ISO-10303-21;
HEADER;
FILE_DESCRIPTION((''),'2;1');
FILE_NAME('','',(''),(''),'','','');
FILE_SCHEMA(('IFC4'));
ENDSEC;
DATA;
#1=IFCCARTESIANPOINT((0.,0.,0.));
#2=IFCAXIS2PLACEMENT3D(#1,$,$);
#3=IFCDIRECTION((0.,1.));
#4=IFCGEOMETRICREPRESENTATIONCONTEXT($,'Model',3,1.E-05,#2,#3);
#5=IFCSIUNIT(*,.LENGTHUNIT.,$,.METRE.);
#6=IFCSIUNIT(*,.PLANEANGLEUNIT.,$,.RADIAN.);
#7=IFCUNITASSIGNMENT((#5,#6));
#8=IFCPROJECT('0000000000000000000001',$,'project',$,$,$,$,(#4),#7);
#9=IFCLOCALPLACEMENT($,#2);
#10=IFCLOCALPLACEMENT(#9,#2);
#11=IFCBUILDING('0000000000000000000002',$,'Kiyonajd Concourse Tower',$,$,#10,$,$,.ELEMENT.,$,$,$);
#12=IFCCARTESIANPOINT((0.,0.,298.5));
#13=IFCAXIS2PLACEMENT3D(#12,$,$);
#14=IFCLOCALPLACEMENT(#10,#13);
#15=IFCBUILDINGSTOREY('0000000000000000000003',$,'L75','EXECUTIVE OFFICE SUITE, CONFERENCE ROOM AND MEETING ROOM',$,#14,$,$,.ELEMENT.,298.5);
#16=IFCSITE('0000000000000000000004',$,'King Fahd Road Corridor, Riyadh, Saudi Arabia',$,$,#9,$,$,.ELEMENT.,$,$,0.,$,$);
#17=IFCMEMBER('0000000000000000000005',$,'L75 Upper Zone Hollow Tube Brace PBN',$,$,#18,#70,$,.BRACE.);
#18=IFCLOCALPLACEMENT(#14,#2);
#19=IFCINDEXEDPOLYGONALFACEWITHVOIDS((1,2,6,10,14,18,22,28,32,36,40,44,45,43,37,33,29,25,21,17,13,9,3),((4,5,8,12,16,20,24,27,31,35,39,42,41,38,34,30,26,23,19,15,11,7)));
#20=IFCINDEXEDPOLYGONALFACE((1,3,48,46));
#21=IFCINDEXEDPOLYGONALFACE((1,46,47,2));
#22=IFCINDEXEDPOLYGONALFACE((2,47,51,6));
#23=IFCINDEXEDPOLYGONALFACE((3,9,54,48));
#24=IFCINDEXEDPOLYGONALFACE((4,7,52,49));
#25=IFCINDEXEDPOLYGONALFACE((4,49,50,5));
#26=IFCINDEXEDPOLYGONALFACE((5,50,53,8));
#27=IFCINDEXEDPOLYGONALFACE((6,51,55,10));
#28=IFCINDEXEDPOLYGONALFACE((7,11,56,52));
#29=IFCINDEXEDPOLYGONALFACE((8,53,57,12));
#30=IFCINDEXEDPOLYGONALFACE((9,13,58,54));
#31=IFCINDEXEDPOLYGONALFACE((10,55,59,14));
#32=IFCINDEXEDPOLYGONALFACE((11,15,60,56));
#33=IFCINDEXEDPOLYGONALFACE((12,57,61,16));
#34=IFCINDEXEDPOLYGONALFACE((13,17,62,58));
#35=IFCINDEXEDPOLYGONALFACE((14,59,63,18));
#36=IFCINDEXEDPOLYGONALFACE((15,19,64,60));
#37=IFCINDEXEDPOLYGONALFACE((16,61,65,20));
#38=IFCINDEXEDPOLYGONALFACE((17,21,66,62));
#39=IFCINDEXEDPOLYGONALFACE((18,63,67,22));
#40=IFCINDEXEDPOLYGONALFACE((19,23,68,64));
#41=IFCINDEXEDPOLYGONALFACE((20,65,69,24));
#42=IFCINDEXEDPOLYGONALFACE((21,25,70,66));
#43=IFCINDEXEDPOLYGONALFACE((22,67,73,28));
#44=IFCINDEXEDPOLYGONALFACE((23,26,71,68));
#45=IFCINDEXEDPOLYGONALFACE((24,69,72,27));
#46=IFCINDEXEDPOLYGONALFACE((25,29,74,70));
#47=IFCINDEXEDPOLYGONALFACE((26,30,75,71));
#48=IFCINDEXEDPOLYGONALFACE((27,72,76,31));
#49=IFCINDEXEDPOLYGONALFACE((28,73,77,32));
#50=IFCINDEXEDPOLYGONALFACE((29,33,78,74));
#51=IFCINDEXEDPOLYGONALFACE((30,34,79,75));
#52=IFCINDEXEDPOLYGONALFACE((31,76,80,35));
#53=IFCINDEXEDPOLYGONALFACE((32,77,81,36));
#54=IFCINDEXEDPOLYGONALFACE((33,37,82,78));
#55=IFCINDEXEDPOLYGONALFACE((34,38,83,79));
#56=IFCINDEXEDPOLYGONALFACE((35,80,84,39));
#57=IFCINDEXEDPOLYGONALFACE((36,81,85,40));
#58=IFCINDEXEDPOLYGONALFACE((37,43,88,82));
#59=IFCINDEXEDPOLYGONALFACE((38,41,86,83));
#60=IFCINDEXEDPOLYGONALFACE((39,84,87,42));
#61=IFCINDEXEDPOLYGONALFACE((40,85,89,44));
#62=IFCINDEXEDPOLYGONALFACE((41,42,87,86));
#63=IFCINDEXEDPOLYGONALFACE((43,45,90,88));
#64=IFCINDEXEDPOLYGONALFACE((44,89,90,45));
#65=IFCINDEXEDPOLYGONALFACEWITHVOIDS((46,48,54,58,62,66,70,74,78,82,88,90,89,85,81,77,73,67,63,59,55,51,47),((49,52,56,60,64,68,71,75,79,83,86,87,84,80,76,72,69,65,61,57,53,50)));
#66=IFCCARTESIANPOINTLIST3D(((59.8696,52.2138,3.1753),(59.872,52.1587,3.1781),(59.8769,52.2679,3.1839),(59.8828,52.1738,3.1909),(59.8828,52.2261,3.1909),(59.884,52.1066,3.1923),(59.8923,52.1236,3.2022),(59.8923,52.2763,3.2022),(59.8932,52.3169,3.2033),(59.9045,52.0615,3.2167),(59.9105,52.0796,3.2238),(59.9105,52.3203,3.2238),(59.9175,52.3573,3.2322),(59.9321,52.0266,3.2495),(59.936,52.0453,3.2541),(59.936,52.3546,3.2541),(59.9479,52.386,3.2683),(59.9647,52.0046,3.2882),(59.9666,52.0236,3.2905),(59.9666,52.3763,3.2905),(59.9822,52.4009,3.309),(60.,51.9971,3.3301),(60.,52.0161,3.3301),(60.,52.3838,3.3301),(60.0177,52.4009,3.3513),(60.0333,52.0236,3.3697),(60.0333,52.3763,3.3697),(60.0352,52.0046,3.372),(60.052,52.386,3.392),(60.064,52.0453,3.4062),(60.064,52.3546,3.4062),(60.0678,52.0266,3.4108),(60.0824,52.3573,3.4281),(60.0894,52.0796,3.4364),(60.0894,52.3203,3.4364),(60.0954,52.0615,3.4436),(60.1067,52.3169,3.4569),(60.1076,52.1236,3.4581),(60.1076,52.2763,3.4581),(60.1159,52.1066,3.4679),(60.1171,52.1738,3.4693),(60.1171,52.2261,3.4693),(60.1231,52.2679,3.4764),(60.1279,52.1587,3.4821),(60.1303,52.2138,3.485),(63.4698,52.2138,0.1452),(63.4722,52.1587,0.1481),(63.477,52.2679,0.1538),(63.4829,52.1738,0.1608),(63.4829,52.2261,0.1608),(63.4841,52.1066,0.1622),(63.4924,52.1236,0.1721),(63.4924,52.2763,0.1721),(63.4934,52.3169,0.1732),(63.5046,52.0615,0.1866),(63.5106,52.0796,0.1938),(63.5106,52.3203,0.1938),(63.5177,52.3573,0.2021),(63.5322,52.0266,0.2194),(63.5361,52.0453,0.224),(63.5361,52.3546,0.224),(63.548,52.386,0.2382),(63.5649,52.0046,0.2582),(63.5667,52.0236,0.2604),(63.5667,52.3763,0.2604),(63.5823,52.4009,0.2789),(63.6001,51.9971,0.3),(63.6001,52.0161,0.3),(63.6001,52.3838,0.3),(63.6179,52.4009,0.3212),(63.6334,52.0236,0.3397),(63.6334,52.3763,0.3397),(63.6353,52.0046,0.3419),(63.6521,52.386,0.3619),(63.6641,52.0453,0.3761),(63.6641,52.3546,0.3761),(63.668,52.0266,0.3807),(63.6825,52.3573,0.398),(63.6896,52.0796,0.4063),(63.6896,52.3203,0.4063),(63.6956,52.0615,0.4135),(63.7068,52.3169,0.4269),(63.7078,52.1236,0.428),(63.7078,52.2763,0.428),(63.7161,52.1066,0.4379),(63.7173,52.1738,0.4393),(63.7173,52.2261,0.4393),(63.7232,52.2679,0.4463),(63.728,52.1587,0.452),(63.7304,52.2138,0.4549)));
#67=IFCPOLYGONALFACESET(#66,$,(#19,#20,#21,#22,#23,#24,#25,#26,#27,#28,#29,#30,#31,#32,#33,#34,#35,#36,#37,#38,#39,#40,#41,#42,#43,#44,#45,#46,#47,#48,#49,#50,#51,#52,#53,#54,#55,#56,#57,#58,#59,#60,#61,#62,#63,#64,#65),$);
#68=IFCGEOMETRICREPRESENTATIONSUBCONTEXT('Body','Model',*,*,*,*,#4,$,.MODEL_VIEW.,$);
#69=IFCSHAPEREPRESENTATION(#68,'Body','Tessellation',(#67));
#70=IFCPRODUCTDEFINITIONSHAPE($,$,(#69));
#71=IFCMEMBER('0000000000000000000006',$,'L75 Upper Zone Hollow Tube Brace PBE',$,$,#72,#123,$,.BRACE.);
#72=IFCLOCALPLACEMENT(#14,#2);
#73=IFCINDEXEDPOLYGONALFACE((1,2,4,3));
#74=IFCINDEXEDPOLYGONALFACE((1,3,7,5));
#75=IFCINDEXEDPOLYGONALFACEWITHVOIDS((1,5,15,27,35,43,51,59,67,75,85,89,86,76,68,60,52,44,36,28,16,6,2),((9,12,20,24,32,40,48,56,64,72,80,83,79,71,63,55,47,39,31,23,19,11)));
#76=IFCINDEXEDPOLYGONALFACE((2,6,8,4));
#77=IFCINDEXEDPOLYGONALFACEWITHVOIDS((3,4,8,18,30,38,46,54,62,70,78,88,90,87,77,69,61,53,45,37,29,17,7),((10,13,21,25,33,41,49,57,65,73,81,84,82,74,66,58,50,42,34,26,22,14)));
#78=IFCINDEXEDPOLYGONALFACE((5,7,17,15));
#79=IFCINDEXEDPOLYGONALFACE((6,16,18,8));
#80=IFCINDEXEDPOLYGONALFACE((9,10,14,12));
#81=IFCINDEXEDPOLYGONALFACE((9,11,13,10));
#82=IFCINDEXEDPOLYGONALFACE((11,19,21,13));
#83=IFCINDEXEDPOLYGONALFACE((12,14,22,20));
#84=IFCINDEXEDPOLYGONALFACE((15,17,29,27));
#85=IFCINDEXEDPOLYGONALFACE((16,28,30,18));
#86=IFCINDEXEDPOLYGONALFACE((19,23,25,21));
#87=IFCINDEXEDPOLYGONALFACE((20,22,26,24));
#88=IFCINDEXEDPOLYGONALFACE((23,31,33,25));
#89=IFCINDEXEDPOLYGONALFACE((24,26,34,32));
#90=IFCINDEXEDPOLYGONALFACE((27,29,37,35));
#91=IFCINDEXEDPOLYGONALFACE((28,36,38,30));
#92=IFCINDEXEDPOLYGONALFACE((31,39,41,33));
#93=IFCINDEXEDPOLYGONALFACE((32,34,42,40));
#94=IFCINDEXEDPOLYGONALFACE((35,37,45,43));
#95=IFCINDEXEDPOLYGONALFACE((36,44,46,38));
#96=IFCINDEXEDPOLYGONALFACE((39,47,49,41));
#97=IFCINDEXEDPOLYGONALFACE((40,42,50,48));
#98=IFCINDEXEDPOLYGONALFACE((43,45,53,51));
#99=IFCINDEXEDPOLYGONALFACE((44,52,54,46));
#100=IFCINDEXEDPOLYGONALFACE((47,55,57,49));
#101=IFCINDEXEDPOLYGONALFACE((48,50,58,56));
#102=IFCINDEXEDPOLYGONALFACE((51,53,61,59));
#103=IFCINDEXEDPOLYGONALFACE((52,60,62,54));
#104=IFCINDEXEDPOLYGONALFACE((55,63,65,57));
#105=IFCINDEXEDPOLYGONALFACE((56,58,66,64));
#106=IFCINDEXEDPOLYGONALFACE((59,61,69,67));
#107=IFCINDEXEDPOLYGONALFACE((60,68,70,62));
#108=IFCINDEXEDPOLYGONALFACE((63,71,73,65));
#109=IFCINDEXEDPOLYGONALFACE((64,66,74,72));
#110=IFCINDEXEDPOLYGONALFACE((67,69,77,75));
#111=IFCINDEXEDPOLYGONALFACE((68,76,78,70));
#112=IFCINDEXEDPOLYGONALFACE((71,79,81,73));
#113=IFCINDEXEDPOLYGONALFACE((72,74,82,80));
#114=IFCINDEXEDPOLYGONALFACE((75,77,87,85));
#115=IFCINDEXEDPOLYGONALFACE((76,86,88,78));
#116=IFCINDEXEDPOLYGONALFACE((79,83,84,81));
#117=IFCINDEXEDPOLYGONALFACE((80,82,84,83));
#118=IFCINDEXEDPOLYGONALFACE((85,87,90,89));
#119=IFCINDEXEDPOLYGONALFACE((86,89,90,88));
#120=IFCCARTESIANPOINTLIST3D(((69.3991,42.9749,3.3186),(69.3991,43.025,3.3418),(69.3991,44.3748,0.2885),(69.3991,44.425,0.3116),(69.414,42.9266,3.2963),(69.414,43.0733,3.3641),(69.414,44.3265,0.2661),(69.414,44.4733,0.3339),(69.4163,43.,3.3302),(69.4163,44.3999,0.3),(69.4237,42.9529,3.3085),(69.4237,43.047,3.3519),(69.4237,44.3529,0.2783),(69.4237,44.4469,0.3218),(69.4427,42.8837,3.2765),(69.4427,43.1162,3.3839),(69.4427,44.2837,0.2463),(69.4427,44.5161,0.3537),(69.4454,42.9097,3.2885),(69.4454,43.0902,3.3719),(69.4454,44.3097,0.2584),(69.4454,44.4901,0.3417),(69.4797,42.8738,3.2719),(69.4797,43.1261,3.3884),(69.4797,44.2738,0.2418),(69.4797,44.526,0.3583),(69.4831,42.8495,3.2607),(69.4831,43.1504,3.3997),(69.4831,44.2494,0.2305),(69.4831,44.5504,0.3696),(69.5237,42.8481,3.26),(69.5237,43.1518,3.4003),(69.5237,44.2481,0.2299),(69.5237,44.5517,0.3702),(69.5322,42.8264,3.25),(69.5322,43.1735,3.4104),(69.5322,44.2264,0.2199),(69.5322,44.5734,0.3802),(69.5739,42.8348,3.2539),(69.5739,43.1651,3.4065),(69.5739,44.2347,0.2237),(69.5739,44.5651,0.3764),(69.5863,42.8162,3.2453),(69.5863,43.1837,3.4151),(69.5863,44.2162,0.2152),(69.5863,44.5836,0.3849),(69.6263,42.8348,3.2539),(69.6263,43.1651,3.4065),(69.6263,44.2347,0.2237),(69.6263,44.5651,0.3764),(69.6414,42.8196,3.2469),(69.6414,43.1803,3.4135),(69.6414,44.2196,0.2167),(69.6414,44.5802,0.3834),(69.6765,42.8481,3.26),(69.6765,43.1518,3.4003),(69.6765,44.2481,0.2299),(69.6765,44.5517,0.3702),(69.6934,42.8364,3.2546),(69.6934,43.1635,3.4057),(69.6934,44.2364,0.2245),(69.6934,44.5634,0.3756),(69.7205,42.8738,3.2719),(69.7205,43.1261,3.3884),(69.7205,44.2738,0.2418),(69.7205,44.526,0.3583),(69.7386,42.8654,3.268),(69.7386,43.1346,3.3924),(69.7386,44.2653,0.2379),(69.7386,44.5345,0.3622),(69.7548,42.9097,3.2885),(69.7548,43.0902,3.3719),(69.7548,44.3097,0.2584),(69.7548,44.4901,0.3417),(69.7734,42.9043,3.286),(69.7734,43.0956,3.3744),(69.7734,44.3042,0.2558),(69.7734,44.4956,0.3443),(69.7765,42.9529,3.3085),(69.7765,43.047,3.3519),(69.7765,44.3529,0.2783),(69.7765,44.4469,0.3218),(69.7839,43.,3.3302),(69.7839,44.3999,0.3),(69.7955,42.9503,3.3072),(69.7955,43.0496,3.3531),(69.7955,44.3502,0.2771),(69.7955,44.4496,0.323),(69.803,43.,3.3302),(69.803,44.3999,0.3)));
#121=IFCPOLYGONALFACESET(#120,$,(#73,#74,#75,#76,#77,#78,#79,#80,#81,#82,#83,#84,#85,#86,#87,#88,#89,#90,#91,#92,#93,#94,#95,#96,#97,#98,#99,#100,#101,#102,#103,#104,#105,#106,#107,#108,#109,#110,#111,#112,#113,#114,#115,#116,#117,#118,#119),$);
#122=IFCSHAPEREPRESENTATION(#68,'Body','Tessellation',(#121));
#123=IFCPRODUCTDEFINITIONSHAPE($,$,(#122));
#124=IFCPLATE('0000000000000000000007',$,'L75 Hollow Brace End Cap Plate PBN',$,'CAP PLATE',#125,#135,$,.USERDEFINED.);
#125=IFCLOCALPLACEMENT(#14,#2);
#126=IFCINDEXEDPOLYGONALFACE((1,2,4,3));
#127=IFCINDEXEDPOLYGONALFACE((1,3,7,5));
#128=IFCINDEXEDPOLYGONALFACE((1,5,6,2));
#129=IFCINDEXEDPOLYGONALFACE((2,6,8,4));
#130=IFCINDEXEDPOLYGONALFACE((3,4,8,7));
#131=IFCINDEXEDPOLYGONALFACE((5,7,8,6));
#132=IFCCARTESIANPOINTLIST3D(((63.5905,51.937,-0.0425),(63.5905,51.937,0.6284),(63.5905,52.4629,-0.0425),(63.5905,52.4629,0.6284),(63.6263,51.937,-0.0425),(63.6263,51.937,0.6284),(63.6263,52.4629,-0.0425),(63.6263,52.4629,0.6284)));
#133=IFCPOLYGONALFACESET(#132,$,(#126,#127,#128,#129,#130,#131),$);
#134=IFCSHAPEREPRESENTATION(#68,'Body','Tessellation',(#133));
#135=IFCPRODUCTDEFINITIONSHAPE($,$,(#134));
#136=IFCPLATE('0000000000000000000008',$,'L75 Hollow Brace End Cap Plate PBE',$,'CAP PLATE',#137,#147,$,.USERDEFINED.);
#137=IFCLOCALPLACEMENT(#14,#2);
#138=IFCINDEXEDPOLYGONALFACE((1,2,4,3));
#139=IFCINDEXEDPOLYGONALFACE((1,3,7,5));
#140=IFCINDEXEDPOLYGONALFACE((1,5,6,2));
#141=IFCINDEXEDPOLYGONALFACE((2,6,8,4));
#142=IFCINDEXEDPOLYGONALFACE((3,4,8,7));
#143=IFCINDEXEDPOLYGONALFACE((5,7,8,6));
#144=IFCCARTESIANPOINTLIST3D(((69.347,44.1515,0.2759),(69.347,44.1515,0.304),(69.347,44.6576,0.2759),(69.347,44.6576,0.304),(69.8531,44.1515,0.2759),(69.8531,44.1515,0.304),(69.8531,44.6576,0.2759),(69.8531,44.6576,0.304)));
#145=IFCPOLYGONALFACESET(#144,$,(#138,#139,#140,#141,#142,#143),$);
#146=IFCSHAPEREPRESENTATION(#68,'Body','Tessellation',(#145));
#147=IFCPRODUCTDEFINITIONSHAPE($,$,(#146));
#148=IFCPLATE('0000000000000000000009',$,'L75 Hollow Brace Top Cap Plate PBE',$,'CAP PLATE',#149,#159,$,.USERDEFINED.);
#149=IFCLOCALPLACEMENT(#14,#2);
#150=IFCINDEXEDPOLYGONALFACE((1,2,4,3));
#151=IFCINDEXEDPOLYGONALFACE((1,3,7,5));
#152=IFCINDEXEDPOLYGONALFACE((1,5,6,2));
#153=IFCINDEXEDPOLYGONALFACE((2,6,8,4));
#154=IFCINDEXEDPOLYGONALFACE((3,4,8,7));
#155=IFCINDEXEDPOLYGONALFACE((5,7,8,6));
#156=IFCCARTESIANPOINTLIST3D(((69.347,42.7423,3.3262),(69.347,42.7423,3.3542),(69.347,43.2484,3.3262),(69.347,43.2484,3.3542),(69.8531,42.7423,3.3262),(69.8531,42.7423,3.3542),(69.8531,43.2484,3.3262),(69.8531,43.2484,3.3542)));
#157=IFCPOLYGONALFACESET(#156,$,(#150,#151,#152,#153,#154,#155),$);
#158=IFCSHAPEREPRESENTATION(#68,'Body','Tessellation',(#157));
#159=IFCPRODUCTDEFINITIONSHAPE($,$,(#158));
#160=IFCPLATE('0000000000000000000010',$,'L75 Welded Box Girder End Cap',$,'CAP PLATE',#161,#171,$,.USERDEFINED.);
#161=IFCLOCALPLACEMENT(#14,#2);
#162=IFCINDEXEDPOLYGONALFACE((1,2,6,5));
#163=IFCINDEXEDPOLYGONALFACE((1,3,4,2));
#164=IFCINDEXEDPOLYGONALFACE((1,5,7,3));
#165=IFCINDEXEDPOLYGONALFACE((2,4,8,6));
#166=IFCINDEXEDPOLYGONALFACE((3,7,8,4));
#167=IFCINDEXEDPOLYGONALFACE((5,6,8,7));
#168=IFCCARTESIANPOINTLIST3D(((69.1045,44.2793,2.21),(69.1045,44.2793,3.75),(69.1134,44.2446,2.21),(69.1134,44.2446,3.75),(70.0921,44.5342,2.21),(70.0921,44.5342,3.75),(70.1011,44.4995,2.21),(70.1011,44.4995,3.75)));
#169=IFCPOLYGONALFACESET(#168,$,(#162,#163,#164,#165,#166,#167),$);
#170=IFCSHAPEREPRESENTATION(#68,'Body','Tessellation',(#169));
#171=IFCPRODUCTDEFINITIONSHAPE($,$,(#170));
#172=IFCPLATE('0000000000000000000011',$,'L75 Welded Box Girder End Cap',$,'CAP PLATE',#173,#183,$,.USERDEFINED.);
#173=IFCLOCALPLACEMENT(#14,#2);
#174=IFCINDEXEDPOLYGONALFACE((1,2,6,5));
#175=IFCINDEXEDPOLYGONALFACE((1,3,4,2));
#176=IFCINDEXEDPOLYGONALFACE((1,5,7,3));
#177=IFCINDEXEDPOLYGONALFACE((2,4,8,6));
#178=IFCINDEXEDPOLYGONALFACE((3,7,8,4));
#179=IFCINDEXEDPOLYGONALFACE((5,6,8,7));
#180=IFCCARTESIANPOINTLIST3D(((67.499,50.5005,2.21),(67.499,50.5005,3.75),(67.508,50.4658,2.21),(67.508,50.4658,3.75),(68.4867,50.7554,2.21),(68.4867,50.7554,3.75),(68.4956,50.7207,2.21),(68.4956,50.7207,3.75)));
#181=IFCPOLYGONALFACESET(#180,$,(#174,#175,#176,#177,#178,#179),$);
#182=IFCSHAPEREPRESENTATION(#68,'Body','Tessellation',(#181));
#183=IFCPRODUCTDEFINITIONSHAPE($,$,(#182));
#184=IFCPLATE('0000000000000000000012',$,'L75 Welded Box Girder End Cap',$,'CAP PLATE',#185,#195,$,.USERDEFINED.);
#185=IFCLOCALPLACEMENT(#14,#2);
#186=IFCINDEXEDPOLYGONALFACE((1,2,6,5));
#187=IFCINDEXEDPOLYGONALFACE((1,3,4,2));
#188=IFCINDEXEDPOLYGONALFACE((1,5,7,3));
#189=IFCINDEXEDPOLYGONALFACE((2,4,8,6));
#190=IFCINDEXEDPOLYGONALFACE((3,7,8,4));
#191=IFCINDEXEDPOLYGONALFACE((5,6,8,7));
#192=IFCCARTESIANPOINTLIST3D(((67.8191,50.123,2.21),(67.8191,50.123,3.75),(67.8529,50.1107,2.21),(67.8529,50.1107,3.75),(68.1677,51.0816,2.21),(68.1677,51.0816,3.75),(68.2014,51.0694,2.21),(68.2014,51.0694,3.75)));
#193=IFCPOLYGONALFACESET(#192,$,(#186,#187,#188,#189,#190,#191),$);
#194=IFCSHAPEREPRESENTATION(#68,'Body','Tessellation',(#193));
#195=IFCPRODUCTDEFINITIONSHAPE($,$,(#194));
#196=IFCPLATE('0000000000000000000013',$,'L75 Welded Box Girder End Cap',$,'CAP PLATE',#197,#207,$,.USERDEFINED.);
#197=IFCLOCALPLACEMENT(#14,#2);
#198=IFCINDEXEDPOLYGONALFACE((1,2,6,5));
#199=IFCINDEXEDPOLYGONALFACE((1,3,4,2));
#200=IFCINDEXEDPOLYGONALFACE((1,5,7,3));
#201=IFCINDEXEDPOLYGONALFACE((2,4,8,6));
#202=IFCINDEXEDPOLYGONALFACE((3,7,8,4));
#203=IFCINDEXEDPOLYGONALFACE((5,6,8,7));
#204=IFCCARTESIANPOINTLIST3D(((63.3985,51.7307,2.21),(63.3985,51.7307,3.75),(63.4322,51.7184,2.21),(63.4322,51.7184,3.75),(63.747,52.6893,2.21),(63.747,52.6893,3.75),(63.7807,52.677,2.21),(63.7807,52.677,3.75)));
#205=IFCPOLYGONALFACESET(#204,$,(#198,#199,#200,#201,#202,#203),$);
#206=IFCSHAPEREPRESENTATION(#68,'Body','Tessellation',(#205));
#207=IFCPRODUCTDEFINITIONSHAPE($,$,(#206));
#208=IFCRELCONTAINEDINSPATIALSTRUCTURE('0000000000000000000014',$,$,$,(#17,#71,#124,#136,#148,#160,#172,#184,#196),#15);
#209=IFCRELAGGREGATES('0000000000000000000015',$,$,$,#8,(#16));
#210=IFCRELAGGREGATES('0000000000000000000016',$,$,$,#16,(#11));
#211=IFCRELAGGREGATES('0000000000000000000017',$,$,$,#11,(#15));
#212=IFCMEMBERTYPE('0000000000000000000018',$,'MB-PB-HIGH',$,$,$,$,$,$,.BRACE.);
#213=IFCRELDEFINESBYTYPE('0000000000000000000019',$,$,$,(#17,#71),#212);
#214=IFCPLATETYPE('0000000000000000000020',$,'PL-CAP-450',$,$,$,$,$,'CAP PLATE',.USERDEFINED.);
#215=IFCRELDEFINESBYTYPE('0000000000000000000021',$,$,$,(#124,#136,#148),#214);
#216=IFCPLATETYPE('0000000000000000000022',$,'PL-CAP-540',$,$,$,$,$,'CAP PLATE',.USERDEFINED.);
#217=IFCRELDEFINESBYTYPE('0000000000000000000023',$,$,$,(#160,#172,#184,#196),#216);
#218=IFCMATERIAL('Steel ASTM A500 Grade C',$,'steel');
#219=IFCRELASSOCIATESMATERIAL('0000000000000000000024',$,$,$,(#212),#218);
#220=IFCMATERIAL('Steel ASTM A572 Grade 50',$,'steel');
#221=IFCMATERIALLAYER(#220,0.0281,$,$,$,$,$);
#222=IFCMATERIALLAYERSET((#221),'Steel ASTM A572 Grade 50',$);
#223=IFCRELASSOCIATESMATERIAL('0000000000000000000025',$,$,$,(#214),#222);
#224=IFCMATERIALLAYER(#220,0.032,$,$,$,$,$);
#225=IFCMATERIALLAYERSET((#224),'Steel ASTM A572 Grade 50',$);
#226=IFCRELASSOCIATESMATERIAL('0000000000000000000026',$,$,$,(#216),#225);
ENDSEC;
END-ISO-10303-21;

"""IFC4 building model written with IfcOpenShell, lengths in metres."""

from ifc_helpers import new_model, si_unit, direction, frame, origin, origin_2d, place, context, subcontext, project, spatial, rectangle, hollow_circle, extrude, material, layer, layer_set, material_profile, profile_set, type_object, element, save


model = new_model("IFC4")

# Units and contexts
model_context = context("Model", 3, precision=1e-05, world=origin(), true_north=direction((0.0, 1.0)))
body_context = subcontext(model_context, "Body", "Model", "MODEL_VIEW")
ifc_project = project(units=[si_unit("LENGTHUNIT", "METRE"), si_unit("PLANEANGLEUNIT", "RADIAN")], contexts=[model_context])

# Site, building, storey
site_placement = place(None, origin())
site = spatial("IfcSite", under=ifc_project, at=site_placement, Name="King Fahd Road Corridor, Riyadh, Saudi Arabia", CompositionType="ELEMENT", RefElevation=0.0)
building_placement = place(site_placement, origin())
building = spatial("IfcBuilding", under=site, at=building_placement, Name="Kiyonajd Concourse Tower", CompositionType="ELEMENT")
storey_placement = place(building_placement, frame((0.0, 0.0, 298.5)))
storey = spatial("IfcBuildingStorey", under=building, at=storey_placement, Name="L75", Description="EXECUTIVE OFFICE SUITE, CONFERENCE ROOM AND MEETING ROOM", CompositionType="ELEMENT", Elevation=298.5)

# Shared definitions
ifc_material_1 = material(Name="Steel ASTM A572 Grade 50", Category="steel")

# Members
ifc_material_2 = material(Name="Steel ASTM A500 Grade C", Category="steel")
ifc_material_profile_1 = material_profile(ifc_material_2, hollow_circle(Radius=0.2029, WallThickness=0.019, at=origin_2d()), Name="CHS-406x19")
ifc_profile_set_1 = profile_set([ifc_material_profile_1], Name="Steel ASTM A500 Grade C")
member_type = type_object("IfcMemberType", Name="MB-PB-HIGH", PredefinedType="BRACE", material=ifc_profile_set_1)
member_1_placement = place(storey_placement, frame((63.6001, 52.2, 0.3), z_axis=(-0.765082, 0.0, 0.643933), x_axis=(0.0, -1.0, 0.0)))
element("IfcMember", 1, at=member_1_placement, inside=storey, type_object=member_type, Name="L75 Upper Zone Hollow Tube Brace PBN", PredefinedType="BRACE", context=body_context, shape_type="SweptSolid", body=[
    extrude(hollow_circle(Radius=0.2029, WallThickness=0.019, at=origin_2d()), origin(), (0.0, 0.0, 1.0), 4.7056),
])
member_2_placement = place(storey_placement, frame((69.6001, 44.3999, 0.3), z_axis=(0.0, -0.419411, 0.907797), x_axis=(1.0, 0.0, 0.0)))
element("IfcMember", 2, at=member_2_placement, inside=storey, type_object=member_type, Name="L75 Upper Zone Hollow Tube Brace PBE", PredefinedType="BRACE", context=body_context, shape_type="SweptSolid", body=[
    extrude(hollow_circle(Radius=0.2029, WallThickness=0.019, at=origin_2d()), origin(), (0.0, 0.0, 1.0), 3.3379),
])

# Plates
ifc_layer_1 = layer(ifc_material_1, 0.0281)
ifc_layer_set_1 = layer_set([ifc_layer_1], Name="Steel ASTM A572 Grade 50")
plate_type_1 = type_object("IfcPlateType", Name="PL-CAP-450", ElementType="CAP PLATE", PredefinedType="USERDEFINED", material=ifc_layer_set_1)
plate_placement = place(storey_placement, frame((63.6084, 52.2, -0.0425), z_axis=(0.0, 0.0, 1.0), x_axis=(1.0, 0.0, 0.0)))
element("IfcPlate", 3, at=plate_placement, inside=storey, type_object=plate_type_1, Name="L75 Hollow Brace End Cap Plate PBN", ObjectType="CAP PLATE", PredefinedType="USERDEFINED", context=body_context, shape_type="SweptSolid", body=[
    extrude(rectangle(XDim=0.0359, YDim=0.5259, at=origin_2d()), origin(), (0.0, 0.0, 1.0), 0.6709),
])
for number, where, z_axis, x_axis, name in (
    (4, (69.6001, 44.4045, 0.2759), (0.0, 0.0, 1.0), (1.0, 0.0, 0.0), "L75 Hollow Brace End Cap Plate PBE"),
    (5, (69.6001, 42.9954, 3.3262), (0.0, 0.0, 1.0), (1.0, 0.0, 0.0), "L75 Hollow Brace Top Cap Plate PBE"),
):
    element("IfcPlate", number, at=place(storey_placement, frame(where, z_axis=z_axis, x_axis=x_axis)), inside=storey, type_object=plate_type_1, Name=name, ObjectType="CAP PLATE", PredefinedType="USERDEFINED", context=body_context, shape_type="SweptSolid", body=[
        extrude(rectangle(XDim=0.5061, YDim=0.5061, at=origin_2d()), origin(), (0.0, 0.0, 1.0), 0.0281),
    ])
ifc_layer_2 = layer(ifc_material_1, 0.032)
ifc_layer_set_2 = layer_set([ifc_layer_2], Name="Steel ASTM A572 Grade 50")
plate_type_2 = type_object("IfcPlateType", Name="PL-CAP-540", ElementType="CAP PLATE", PredefinedType="USERDEFINED", material=ifc_layer_set_2)
for number, where, z_axis, x_axis, name in (
    (6, (69.6028, 44.3894, 2.21), (0.0, 0.0, 1.0), (0.249873, -0.968279, 0.0), "L75 Welded Box Girder End Cap"),
    (7, (67.9973, 50.6106, 2.21), (0.0, 0.0, 1.0), (-0.249873, 0.968279, 0.0), "L75 Welded Box Girder End Cap"),
    (8, (68.0103, 50.5962, 2.21), (0.0, 0.0, 1.0), (0.939812, -0.341692, 0.0), "L75 Welded Box Girder End Cap"),
    (9, (63.5896, 52.2039, 2.21), (0.0, 0.0, 1.0), (-0.939812, 0.341692, 0.0), "L75 Welded Box Girder End Cap"),
):
    element("IfcPlate", number, at=place(storey_placement, frame(where, z_axis=z_axis, x_axis=x_axis)), inside=storey, type_object=plate_type_2, Name=name, ObjectType="CAP PLATE", PredefinedType="USERDEFINED", context=body_context, shape_type="SweptSolid", body=[
        extrude(rectangle(XDim=0.0359, YDim=1.02, at=origin_2d()), origin(), (0.0, 0.0, 1.0), 1.54),
    ])

save(model, "model.ifc")
